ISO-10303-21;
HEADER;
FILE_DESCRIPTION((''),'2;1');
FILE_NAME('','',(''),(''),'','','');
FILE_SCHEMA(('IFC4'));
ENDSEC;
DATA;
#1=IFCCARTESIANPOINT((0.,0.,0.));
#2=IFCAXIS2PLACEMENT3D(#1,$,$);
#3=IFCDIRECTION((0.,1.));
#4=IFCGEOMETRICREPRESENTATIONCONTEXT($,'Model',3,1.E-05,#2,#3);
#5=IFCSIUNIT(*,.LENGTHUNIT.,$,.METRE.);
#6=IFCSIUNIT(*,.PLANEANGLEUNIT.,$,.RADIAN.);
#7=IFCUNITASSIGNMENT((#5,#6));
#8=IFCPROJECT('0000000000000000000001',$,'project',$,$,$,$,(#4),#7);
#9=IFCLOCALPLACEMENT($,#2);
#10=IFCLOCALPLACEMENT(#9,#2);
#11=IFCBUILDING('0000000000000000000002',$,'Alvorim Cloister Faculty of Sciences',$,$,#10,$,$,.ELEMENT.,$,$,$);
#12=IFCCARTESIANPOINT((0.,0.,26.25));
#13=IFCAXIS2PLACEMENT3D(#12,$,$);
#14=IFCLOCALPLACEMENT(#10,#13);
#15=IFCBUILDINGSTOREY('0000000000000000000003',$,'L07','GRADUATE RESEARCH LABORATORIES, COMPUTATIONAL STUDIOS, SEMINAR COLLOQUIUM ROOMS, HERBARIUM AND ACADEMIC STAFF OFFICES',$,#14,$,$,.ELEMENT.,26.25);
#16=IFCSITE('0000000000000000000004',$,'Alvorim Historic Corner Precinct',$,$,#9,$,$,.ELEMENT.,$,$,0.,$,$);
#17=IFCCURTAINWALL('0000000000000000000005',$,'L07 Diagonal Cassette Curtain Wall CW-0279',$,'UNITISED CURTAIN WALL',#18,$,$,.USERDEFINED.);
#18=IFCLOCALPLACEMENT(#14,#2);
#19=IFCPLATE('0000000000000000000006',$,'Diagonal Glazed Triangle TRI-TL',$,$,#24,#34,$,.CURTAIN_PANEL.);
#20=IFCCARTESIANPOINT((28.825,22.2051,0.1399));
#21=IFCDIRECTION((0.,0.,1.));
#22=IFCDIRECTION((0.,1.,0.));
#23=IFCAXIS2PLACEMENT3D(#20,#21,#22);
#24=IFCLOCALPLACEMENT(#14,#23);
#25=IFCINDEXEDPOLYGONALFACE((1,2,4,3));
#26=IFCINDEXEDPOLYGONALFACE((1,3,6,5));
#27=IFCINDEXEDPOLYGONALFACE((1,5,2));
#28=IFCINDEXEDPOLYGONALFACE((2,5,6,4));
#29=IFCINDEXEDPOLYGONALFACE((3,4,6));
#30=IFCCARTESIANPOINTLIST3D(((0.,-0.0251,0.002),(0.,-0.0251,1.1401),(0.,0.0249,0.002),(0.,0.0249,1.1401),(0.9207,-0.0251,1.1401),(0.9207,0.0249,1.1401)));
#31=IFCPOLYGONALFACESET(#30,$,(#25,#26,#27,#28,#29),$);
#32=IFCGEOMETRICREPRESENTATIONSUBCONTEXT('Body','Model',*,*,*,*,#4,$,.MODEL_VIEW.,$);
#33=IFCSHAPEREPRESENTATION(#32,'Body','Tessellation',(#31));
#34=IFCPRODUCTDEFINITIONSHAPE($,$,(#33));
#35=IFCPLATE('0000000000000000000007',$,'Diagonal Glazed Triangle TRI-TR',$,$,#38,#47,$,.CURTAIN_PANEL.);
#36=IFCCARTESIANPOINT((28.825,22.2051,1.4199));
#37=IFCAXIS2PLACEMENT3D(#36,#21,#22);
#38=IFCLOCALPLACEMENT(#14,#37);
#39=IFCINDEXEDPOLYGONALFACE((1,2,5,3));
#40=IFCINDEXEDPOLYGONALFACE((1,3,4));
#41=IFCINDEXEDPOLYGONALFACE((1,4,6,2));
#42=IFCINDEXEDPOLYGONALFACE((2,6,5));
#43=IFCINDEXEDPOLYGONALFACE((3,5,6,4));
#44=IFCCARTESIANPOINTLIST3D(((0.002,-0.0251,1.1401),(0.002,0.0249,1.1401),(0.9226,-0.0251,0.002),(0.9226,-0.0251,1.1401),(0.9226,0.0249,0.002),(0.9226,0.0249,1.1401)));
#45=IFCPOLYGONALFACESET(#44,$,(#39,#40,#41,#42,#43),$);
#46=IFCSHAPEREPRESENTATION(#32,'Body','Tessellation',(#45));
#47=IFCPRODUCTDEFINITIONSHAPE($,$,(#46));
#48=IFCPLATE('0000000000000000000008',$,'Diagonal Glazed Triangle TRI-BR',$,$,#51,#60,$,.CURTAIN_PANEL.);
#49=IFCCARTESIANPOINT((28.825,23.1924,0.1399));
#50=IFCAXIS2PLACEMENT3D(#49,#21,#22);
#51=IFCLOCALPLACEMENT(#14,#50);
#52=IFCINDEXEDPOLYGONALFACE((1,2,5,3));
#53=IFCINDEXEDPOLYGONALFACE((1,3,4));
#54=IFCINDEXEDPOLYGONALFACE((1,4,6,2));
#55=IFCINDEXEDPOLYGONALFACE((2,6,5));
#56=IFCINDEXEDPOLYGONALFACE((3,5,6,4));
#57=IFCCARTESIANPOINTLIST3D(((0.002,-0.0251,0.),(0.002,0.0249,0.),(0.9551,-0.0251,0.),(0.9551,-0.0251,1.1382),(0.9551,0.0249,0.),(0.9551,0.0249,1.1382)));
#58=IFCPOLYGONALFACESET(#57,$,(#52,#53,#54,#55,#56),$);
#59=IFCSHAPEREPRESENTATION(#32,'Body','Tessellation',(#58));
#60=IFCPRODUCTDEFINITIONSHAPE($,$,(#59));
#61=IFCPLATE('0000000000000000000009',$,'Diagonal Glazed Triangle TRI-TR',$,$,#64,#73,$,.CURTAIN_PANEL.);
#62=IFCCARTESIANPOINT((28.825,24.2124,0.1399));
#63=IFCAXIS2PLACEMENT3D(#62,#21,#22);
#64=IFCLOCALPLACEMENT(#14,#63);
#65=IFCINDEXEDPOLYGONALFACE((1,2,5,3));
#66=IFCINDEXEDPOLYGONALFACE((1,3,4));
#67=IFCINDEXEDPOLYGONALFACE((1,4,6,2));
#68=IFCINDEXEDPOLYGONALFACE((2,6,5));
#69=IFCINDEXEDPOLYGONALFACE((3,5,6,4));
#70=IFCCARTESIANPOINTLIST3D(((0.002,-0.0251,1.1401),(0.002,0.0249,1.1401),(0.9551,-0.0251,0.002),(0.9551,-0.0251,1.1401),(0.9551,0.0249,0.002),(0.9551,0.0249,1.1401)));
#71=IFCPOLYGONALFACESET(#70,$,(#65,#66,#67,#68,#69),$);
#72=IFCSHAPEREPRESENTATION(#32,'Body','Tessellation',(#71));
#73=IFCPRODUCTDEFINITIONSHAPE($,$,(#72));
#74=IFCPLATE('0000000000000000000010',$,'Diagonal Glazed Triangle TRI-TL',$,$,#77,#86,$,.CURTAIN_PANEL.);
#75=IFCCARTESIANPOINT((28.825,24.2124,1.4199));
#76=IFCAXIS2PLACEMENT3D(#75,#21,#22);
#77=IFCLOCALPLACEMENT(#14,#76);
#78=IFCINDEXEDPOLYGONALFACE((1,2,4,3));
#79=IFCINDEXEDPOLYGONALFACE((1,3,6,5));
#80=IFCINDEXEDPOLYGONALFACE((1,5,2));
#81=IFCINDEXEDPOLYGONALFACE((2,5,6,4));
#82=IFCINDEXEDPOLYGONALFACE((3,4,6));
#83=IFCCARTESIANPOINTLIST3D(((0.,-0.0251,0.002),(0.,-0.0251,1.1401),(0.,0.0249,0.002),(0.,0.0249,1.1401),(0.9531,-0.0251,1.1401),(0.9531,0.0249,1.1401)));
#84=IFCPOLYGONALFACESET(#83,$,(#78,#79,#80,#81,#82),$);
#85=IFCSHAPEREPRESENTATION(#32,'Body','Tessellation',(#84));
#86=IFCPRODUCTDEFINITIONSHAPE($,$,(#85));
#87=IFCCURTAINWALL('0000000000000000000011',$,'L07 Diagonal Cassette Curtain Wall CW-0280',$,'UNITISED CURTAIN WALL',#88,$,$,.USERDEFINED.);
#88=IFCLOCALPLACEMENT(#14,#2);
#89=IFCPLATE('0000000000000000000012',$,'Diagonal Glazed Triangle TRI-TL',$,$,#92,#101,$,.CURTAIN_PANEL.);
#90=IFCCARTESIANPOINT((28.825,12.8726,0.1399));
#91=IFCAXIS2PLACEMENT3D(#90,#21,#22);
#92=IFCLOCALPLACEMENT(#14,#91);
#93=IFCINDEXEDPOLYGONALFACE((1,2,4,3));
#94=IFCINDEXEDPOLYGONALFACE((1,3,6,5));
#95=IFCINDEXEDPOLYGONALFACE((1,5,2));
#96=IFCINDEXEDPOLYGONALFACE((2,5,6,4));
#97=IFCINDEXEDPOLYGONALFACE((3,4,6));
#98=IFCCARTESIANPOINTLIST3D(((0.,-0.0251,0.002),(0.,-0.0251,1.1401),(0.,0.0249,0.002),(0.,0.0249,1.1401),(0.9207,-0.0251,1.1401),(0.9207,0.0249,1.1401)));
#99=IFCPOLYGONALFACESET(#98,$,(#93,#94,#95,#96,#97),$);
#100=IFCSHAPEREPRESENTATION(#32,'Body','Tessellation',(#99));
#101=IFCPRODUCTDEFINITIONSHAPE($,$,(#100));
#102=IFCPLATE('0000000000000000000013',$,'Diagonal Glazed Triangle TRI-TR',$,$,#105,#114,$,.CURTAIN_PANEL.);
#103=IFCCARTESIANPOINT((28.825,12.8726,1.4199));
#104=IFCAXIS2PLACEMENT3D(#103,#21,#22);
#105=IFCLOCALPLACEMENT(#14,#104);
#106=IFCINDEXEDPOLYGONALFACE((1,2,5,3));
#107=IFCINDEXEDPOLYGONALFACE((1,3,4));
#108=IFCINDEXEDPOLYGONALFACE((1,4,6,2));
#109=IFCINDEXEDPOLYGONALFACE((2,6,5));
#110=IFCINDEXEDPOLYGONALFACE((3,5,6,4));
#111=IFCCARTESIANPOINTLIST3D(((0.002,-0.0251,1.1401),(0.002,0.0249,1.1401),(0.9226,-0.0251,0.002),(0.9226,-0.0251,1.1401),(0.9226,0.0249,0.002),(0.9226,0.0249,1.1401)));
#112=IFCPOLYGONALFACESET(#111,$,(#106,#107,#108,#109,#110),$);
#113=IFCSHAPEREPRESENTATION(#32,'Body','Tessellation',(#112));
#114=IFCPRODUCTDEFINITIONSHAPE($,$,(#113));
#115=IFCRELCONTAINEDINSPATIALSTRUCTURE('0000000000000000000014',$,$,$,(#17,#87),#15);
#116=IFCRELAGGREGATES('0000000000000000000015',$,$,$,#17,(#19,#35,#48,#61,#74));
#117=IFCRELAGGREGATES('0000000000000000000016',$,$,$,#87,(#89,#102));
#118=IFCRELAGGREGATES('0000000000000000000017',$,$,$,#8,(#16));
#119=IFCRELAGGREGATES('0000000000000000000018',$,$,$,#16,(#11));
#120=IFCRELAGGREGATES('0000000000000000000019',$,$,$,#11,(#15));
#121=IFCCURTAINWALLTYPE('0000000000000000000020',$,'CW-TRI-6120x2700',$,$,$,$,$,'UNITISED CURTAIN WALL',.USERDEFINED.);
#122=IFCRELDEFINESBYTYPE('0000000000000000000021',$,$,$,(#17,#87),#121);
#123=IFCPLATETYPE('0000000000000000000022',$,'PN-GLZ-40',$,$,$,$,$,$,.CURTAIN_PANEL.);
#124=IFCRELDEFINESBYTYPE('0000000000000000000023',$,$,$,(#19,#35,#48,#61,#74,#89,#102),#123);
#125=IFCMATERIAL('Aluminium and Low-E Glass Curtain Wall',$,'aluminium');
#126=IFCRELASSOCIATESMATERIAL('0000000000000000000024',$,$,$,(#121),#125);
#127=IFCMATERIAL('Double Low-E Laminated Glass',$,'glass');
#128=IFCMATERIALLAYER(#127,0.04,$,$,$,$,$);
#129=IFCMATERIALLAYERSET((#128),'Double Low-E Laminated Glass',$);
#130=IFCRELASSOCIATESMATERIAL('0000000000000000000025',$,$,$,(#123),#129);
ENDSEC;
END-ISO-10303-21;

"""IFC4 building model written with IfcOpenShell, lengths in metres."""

from ifc_helpers import new_model, si_unit, direction, frame, origin, place, context, subcontext, project, spatial, polyline, outline, extrude, material, layer, layer_set, type_object, element, aggregate, save


model = new_model("IFC4")

# Units and contexts
model_context = context("Model", 3, precision=1e-05, world=origin(), true_north=direction((0.0, 1.0)))
body_context = subcontext(model_context, "Body", "Model", "MODEL_VIEW")
ifc_project = project(units=[si_unit("LENGTHUNIT", "METRE"), si_unit("PLANEANGLEUNIT", "RADIAN")], contexts=[model_context])

# Site, building, storey
site_placement = place(None, origin())
site = spatial("IfcSite", under=ifc_project, at=site_placement, Name="Alvorim Historic Corner Precinct", CompositionType="ELEMENT", RefElevation=0.0)
building_placement = place(site_placement, origin())
building = spatial("IfcBuilding", under=site, at=building_placement, Name="Alvorim Cloister Faculty of Sciences", CompositionType="ELEMENT")
storey_placement = place(building_placement, frame((0.0, 0.0, 26.25)))
storey = spatial("IfcBuildingStorey", under=building, at=storey_placement, Name="L07", Description="GRADUATE RESEARCH LABORATORIES, COMPUTATIONAL STUDIOS, SEMINAR COLLOQUIUM ROOMS, HERBARIUM AND ACADEMIC STAFF OFFICES", CompositionType="ELEMENT", Elevation=26.25)

# Curtain wall
ifc_material_1 = material(Name="Aluminium and Low-E Glass Curtain Wall", Category="aluminium")
curtain_wall_type = type_object("IfcCurtainWallType", Name="CW-TRI-6120x2700", ElementType="UNITISED CURTAIN WALL", PredefinedType="USERDEFINED", material=ifc_material_1)
curtain_wall_1_placement = place(storey_placement, origin())
curtain_wall_1 = element("IfcCurtainWall", 1, at=curtain_wall_1_placement, inside=storey, type_object=curtain_wall_type, Name="L07 Diagonal Cassette Curtain Wall CW-0279", ObjectType="UNITISED CURTAIN WALL", PredefinedType="USERDEFINED")

# Plates
ifc_material_2 = material(Name="Double Low-E Laminated Glass", Category="glass")
ifc_layer_1 = layer(ifc_material_2, 0.04)
ifc_layer_set_1 = layer_set([ifc_layer_1], Name="Double Low-E Laminated Glass")
plate_type_1 = type_object("IfcPlateType", Name="PN-GLZ-40", PredefinedType="CURTAIN_PANEL", material=ifc_layer_set_1)
plate_1_placement = place(storey_placement, frame((28.825, 22.2051, 0.1399), z_axis=(0.0, 0.0, 1.0), x_axis=(0.0, 1.0, 0.0)))
plate_1 = element("IfcPlate", 2, at=plate_1_placement, type_object=plate_type_1, Name="Diagonal Glazed Triangle TRI-TL", PredefinedType="CURTAIN_PANEL", context=body_context, shape_type="SweptSolid", body=[
    extrude(outline(polyline([(0.9207, 1.1401), (0.0, 1.1401), (0.0, 0.002), (0.9207, 1.1401)])), frame((0.0, 0.0249, 0.0), z_axis=(0.0, -1.0, 0.0), x_axis=(1.0, 0.0, 0.0)), (0.0, 0.0, 1.0), 0.05),
])
plate_2_placement = place(storey_placement, frame((28.825, 22.2051, 1.4199), z_axis=(0.0, 0.0, 1.0), x_axis=(0.0, 1.0, 0.0)))
plate_2 = element("IfcPlate", 3, at=plate_2_placement, type_object=plate_type_1, Name="Diagonal Glazed Triangle TRI-TR", PredefinedType="CURTAIN_PANEL", context=body_context, shape_type="SweptSolid", body=[
    extrude(outline(polyline([(0.9226, 0.002), (0.9226, 1.1401), (0.002, 1.1401), (0.9226, 0.002)])), frame((0.0, 0.0249, 0.0), z_axis=(0.0, -1.0, 0.0), x_axis=(1.0, 0.0, 0.0)), (0.0, 0.0, 1.0), 0.05),
])
plate_3_placement = place(storey_placement, frame((28.825, 23.1924, 0.1399), z_axis=(0.0, 0.0, 1.0), x_axis=(0.0, 1.0, 0.0)))
plate_3 = element("IfcPlate", 4, at=plate_3_placement, type_object=plate_type_1, Name="Diagonal Glazed Triangle TRI-BR", PredefinedType="CURTAIN_PANEL", context=body_context, shape_type="SweptSolid", body=[
    extrude(outline(polyline([(0.002, 0.0), (0.9551, 0.0), (0.9551, 1.1382), (0.002, 0.0)])), frame((0.0, 0.0249, 0.0), z_axis=(0.0, -1.0, 0.0), x_axis=(1.0, 0.0, 0.0)), (0.0, 0.0, 1.0), 0.05),
])
plate_4_placement = place(storey_placement, frame((28.825, 24.2124, 0.1399), z_axis=(0.0, 0.0, 1.0), x_axis=(0.0, 1.0, 0.0)))
plate_4 = element("IfcPlate", 5, at=plate_4_placement, type_object=plate_type_1, Name="Diagonal Glazed Triangle TRI-TR", PredefinedType="CURTAIN_PANEL", context=body_context, shape_type="SweptSolid", body=[
    extrude(outline(polyline([(0.9551, 0.002), (0.9551, 1.1401), (0.002, 1.1401), (0.9551, 0.002)])), frame((0.0, 0.0249, 0.0), z_axis=(0.0, -1.0, 0.0), x_axis=(1.0, 0.0, 0.0)), (0.0, 0.0, 1.0), 0.05),
])
plate_5_placement = place(storey_placement, frame((28.825, 24.2124, 1.4199), z_axis=(0.0, 0.0, 1.0), x_axis=(0.0, 1.0, 0.0)))
plate_5 = element("IfcPlate", 6, at=plate_5_placement, type_object=plate_type_1, Name="Diagonal Glazed Triangle TRI-TL", PredefinedType="CURTAIN_PANEL", context=body_context, shape_type="SweptSolid", body=[
    extrude(outline(polyline([(0.9531, 1.1401), (0.0, 1.1401), (0.0, 0.002), (0.9531, 1.1401)])), frame((0.0, 0.0249, 0.0), z_axis=(0.0, -1.0, 0.0), x_axis=(1.0, 0.0, 0.0)), (0.0, 0.0, 1.0), 0.05),
])
aggregate(curtain_wall_1, [plate_1, plate_2, plate_3, plate_4, plate_5])

# Curtain wall, plates
curtain_wall_2_placement = place(storey_placement, origin())
curtain_wall_2 = element("IfcCurtainWall", 7, at=curtain_wall_2_placement, inside=storey, type_object=curtain_wall_type, Name="L07 Diagonal Cassette Curtain Wall CW-0280", ObjectType="UNITISED CURTAIN WALL", PredefinedType="USERDEFINED")
plate_6_placement = place(storey_placement, frame((28.825, 12.8726, 0.1399), z_axis=(0.0, 0.0, 1.0), x_axis=(0.0, 1.0, 0.0)))
plate_6 = element("IfcPlate", 8, at=plate_6_placement, type_object=plate_type_1, Name="Diagonal Glazed Triangle TRI-TL", PredefinedType="CURTAIN_PANEL", context=body_context, shape_type="SweptSolid", body=[
    extrude(outline(polyline([(0.9207, 1.1401), (0.0, 1.1401), (0.0, 0.002), (0.9207, 1.1401)])), frame((0.0, 0.0249, 0.0), z_axis=(0.0, -1.0, 0.0), x_axis=(1.0, 0.0, 0.0)), (0.0, 0.0, 1.0), 0.05),
])
plate_7_placement = place(storey_placement, frame((28.825, 12.8726, 1.4199), z_axis=(0.0, 0.0, 1.0), x_axis=(0.0, 1.0, 0.0)))
plate_7 = element("IfcPlate", 9, at=plate_7_placement, type_object=plate_type_1, Name="Diagonal Glazed Triangle TRI-TR", PredefinedType="CURTAIN_PANEL", context=body_context, shape_type="SweptSolid", body=[
    extrude(outline(polyline([(0.9226, 0.002), (0.9226, 1.1401), (0.002, 1.1401), (0.9226, 0.002)])), frame((0.0, 0.0249, 0.0), z_axis=(0.0, -1.0, 0.0), x_axis=(1.0, 0.0, 0.0)), (0.0, 0.0, 1.0), 0.05),
])
aggregate(curtain_wall_2, [plate_6, plate_7])

save(model, "model.ifc")
